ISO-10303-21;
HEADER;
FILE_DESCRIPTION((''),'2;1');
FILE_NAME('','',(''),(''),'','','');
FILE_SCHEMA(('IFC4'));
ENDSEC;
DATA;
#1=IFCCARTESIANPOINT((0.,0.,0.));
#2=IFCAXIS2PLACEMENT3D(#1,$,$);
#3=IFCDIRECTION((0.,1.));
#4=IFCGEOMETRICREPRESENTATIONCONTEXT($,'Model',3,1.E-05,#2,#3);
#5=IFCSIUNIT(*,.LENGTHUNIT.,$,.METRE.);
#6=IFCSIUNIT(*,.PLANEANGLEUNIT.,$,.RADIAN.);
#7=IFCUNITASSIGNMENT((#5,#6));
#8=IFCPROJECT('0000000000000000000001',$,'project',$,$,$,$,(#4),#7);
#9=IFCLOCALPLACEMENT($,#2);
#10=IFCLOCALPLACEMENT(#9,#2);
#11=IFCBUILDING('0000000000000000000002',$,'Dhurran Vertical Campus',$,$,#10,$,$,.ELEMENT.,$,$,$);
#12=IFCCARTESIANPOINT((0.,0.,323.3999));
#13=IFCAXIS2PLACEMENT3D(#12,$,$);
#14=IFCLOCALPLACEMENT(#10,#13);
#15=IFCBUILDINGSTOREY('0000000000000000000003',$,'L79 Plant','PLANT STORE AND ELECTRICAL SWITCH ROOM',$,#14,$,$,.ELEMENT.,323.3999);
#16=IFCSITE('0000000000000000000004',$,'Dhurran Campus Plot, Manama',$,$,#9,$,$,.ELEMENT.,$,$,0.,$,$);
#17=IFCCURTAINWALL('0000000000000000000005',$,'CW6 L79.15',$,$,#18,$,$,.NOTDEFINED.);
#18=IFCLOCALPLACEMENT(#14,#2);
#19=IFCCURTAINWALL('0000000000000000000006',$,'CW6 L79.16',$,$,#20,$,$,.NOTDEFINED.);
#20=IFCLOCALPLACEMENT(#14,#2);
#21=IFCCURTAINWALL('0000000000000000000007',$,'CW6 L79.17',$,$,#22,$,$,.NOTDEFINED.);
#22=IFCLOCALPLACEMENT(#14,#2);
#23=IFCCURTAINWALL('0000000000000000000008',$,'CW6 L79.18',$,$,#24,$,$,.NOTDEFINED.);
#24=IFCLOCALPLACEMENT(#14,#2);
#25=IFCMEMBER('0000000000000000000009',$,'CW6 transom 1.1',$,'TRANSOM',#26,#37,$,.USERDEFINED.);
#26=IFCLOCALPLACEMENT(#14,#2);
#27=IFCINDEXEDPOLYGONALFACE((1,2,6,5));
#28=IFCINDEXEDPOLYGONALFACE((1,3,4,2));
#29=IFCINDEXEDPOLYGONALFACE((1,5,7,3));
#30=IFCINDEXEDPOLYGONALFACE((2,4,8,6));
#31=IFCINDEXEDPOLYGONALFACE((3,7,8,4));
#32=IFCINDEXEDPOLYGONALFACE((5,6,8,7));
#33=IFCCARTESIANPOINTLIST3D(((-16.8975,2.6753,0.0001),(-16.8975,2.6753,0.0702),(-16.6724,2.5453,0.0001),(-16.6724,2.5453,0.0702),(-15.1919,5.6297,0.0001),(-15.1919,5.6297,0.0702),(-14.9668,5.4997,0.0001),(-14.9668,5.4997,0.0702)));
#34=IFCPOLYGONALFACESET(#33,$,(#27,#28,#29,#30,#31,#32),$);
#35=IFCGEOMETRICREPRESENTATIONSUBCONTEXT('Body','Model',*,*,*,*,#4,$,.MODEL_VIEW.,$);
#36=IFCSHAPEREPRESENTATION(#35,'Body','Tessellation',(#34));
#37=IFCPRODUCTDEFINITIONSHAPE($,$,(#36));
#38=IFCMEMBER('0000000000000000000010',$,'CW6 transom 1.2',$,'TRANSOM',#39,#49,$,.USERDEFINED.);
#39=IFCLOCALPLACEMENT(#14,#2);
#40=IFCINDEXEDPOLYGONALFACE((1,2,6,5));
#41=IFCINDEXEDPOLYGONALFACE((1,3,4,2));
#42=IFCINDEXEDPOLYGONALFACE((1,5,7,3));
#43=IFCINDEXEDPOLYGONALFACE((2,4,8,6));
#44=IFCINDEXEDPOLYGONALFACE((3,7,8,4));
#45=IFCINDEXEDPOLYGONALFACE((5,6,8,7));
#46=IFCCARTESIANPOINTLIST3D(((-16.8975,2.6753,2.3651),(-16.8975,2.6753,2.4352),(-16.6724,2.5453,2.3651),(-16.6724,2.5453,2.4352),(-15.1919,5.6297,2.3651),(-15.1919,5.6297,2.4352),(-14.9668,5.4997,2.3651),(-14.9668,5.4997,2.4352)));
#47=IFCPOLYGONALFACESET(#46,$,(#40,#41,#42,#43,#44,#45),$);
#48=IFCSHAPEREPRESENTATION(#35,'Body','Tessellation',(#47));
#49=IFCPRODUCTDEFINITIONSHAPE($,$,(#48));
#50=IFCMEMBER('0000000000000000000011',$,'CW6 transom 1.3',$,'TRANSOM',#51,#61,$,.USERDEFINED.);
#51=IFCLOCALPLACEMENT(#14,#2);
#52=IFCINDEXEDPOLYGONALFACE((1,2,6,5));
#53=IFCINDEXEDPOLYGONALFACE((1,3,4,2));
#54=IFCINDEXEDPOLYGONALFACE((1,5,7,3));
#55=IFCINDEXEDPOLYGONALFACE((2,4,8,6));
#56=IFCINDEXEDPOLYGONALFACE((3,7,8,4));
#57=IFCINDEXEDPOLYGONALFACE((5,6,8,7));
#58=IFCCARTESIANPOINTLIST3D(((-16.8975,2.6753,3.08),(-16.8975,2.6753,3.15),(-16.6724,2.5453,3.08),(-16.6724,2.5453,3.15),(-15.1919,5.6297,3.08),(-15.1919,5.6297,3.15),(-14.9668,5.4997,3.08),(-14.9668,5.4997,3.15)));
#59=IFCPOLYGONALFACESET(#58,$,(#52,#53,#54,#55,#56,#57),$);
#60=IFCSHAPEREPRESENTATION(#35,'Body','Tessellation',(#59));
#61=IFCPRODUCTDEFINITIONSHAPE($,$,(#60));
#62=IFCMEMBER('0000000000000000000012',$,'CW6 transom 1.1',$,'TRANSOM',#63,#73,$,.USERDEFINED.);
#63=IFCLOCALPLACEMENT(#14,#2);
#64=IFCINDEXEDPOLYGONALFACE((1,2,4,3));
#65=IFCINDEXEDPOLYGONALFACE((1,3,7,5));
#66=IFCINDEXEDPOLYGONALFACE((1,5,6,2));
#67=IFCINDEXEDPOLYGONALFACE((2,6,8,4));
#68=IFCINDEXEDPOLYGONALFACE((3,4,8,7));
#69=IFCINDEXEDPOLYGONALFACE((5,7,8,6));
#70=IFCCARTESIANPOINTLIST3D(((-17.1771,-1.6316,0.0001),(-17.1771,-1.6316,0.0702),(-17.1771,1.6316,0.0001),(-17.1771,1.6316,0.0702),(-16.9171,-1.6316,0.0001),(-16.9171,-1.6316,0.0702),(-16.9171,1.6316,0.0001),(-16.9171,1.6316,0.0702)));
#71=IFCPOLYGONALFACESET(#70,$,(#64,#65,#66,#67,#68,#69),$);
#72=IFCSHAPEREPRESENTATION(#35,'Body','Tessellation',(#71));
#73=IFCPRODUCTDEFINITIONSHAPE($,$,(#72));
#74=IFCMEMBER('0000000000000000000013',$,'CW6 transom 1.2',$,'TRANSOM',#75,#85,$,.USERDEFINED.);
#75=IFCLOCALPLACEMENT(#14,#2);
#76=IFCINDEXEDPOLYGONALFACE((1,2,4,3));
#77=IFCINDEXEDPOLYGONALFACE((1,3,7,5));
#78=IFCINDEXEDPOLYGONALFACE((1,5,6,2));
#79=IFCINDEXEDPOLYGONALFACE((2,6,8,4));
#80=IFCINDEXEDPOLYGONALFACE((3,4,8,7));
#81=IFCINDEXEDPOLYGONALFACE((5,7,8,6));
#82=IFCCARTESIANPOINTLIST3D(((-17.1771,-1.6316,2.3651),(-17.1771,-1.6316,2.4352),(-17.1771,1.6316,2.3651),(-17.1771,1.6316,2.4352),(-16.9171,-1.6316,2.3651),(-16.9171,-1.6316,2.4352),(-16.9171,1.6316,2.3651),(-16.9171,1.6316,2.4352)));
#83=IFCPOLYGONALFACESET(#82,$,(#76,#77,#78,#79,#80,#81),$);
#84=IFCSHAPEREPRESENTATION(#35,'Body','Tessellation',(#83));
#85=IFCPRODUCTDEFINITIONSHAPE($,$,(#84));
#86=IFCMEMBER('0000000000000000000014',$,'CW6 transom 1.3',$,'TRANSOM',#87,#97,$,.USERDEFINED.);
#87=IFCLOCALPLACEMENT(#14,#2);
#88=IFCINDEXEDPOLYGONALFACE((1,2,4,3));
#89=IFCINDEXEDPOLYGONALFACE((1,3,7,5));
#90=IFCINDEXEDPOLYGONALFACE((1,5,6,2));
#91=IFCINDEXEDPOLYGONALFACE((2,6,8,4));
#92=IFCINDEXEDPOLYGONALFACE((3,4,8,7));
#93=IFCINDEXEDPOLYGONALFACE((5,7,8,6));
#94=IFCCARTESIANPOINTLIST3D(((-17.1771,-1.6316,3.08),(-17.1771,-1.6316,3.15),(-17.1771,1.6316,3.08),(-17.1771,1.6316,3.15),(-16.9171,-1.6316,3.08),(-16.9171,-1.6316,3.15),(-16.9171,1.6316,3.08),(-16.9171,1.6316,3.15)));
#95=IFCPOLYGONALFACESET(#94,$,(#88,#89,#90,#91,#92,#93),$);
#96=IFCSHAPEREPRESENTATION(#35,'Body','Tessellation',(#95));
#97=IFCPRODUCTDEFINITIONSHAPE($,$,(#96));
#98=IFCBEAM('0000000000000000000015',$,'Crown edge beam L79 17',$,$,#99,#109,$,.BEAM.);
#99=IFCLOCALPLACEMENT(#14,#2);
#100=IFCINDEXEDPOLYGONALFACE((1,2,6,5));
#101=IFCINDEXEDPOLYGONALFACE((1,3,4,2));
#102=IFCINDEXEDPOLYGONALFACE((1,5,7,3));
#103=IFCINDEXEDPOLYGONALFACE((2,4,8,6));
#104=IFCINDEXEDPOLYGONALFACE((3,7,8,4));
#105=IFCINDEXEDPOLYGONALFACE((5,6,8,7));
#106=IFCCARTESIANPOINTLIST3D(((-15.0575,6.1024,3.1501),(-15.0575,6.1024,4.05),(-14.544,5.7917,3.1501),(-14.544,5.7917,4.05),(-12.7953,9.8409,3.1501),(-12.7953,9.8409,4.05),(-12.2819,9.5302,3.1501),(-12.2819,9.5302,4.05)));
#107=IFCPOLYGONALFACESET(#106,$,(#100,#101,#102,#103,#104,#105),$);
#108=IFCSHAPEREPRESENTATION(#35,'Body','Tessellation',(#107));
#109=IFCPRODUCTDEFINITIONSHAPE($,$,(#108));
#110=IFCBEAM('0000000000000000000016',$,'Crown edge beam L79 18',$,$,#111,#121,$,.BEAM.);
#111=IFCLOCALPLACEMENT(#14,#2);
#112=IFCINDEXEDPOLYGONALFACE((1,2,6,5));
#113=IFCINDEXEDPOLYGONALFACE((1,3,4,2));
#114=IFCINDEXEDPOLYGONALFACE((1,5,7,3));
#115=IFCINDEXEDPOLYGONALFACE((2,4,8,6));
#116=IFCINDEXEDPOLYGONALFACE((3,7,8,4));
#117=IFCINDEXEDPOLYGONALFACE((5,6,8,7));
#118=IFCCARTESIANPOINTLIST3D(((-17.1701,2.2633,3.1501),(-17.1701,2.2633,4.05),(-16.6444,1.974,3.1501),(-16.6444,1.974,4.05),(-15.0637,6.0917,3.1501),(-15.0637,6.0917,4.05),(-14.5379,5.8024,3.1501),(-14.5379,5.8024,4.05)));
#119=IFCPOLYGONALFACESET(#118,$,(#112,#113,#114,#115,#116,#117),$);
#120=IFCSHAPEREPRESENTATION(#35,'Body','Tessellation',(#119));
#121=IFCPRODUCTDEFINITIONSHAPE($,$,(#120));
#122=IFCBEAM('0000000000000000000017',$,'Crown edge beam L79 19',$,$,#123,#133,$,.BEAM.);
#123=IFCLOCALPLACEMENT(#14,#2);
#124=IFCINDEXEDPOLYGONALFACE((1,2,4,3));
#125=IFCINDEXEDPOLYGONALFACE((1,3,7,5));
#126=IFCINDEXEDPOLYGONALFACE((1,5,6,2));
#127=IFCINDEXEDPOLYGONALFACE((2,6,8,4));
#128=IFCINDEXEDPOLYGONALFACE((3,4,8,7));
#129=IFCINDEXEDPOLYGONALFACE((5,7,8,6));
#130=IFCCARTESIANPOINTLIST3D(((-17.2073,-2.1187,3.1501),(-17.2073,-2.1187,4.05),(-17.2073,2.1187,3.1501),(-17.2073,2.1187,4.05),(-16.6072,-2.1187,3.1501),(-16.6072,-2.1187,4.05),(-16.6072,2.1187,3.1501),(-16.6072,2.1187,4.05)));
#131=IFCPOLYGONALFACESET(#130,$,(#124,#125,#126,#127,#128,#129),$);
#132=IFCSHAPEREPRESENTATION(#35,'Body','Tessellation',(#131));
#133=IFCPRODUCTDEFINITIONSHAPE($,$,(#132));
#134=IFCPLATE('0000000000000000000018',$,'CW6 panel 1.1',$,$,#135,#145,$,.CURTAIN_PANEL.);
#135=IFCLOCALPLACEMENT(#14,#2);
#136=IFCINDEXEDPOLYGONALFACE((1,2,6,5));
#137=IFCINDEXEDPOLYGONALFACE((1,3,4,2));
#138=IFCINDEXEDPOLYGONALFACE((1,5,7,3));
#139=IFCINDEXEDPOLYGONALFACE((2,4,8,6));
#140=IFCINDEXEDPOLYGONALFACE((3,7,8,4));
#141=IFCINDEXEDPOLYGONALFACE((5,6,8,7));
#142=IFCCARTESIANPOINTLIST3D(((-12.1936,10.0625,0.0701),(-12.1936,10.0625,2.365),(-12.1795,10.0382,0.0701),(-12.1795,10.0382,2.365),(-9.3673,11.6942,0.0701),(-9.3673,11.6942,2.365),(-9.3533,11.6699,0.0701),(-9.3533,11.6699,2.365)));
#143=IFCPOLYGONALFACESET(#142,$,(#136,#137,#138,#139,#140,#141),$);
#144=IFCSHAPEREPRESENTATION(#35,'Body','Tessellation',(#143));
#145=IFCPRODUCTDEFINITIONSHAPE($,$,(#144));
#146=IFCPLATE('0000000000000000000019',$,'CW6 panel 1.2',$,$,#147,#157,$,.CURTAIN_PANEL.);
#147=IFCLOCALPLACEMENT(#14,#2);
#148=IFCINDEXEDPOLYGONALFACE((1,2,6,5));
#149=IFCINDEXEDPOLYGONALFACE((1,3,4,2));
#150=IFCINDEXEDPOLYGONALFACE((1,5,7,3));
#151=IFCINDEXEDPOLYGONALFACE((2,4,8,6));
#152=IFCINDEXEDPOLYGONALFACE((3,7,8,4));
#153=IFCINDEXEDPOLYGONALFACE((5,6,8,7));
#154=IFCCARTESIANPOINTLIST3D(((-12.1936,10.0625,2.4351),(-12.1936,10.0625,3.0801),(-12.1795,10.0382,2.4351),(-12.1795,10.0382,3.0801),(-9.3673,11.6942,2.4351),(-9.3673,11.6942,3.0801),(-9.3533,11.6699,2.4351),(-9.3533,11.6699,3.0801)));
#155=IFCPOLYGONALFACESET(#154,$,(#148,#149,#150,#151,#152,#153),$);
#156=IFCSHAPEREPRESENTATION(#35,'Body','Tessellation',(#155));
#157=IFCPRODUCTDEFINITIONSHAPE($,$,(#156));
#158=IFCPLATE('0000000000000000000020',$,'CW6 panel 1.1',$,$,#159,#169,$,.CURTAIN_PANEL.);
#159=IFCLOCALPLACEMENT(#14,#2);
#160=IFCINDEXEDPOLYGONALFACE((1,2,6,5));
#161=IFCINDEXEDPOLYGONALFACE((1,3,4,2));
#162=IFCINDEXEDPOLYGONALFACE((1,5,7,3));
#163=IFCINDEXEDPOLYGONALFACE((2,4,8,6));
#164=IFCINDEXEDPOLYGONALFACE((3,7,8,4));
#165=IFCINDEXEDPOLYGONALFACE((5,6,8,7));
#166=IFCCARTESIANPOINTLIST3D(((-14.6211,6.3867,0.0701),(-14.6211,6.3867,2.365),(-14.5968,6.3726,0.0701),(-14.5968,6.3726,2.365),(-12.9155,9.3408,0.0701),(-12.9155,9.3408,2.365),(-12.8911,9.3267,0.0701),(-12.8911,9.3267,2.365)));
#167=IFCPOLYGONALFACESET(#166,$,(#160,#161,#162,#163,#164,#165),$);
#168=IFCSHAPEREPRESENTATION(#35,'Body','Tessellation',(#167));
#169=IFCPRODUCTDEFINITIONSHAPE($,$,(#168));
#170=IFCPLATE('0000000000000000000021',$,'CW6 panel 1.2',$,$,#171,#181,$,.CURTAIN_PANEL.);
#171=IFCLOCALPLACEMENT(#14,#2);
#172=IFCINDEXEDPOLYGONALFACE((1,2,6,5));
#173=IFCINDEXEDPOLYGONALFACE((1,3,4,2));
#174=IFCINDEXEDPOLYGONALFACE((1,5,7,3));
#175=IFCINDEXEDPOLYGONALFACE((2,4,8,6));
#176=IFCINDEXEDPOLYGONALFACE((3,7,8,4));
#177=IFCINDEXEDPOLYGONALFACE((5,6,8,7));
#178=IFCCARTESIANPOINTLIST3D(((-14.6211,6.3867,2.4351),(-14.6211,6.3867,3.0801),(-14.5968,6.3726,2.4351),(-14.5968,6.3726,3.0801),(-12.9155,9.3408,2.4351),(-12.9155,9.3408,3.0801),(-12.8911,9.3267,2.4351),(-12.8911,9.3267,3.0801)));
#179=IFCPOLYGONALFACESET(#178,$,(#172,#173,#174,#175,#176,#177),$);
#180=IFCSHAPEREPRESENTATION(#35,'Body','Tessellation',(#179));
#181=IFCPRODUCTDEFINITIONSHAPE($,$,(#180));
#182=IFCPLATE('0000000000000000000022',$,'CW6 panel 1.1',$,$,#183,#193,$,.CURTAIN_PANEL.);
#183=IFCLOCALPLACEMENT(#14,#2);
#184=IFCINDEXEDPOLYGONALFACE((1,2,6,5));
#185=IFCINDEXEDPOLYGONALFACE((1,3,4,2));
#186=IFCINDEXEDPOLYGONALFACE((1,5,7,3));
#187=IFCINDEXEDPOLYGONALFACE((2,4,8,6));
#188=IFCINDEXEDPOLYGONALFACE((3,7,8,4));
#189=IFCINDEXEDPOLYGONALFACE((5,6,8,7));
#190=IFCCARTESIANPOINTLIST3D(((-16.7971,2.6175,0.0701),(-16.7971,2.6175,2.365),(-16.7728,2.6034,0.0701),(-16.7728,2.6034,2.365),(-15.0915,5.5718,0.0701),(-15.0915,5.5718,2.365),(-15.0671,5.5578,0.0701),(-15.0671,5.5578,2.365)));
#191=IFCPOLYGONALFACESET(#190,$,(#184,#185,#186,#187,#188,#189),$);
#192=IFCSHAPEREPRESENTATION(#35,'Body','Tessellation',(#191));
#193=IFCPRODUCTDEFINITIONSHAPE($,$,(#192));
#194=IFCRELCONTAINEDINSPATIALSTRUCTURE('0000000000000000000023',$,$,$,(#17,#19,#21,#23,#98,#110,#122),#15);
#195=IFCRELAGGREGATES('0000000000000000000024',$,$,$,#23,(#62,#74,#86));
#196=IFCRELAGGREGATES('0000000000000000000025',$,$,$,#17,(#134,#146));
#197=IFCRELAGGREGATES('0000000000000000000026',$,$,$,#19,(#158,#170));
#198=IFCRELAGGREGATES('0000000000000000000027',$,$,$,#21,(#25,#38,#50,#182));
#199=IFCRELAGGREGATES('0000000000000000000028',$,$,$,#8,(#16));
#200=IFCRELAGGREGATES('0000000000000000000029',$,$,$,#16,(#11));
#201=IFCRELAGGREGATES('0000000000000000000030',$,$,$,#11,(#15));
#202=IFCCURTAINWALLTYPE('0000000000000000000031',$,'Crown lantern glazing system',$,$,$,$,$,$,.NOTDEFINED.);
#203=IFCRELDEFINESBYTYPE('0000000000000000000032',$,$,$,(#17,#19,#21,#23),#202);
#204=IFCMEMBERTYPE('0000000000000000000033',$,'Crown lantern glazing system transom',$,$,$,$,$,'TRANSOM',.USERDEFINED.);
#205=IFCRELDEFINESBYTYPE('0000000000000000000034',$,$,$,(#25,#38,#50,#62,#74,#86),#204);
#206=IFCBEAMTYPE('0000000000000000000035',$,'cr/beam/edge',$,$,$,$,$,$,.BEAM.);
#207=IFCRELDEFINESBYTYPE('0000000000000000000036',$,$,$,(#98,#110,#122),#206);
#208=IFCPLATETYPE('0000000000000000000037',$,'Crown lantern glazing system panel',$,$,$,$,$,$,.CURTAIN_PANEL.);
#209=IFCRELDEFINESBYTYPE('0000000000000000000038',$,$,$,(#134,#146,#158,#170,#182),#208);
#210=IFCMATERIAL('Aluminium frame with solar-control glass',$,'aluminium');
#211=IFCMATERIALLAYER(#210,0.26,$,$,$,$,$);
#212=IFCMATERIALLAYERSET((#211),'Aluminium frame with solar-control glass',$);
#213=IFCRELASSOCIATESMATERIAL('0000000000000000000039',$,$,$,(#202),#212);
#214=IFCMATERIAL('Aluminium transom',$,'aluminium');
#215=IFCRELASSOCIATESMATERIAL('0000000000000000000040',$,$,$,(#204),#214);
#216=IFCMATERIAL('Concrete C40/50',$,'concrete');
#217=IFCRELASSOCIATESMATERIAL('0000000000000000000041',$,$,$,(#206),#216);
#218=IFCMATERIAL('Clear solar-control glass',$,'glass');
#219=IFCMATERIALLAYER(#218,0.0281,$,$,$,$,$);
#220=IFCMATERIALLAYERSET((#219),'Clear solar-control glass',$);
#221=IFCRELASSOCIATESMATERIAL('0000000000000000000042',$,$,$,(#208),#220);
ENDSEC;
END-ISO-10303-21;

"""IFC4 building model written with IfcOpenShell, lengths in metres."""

from ifc_helpers import new_model, si_unit, direction, frame, origin, origin_2d, place, context, subcontext, project, spatial, rectangle, extrude, material, layer, layer_set, material_profile, profile_set, type_object, element, aggregate, save


model = new_model("IFC4")

# Units and contexts
model_context = context("Model", 3, precision=1e-05, world=origin(), true_north=direction((0.0, 1.0)))
body_context = subcontext(model_context, "Body", "Model", "MODEL_VIEW")
ifc_project = project(units=[si_unit("LENGTHUNIT", "METRE"), si_unit("PLANEANGLEUNIT", "RADIAN")], contexts=[model_context])

# Site, building, storey
site_placement = place(None, origin())
site = spatial("IfcSite", under=ifc_project, at=site_placement, Name="Dhurran Campus Plot, Manama", CompositionType="ELEMENT", RefElevation=0.0)
building_placement = place(site_placement, origin())
building = spatial("IfcBuilding", under=site, at=building_placement, Name="Dhurran Vertical Campus", CompositionType="ELEMENT")
storey_placement = place(building_placement, frame((0.0, 0.0, 323.3999)))
storey = spatial("IfcBuildingStorey", under=building, at=storey_placement, Name="L79 Plant", Description="PLANT STORE AND ELECTRICAL SWITCH ROOM", CompositionType="ELEMENT", Elevation=323.3999)

# Curtain wall
ifc_material_1 = material(Name="Aluminium frame with solar-control glass", Category="aluminium")
ifc_layer_1 = layer(ifc_material_1, 0.26)
ifc_layer_set_1 = layer_set([ifc_layer_1], Name="Aluminium frame with solar-control glass")
curtain_wall_type = type_object("IfcCurtainWallType", Name="Crown lantern glazing system", PredefinedType="NOTDEFINED", material=ifc_layer_set_1)
curtain_wall_1_placement = place(storey_placement, origin())
curtain_wall_1 = element("IfcCurtainWall", 1, at=curtain_wall_1_placement, inside=storey, type_object=curtain_wall_type, Name="CW6 L79.15", PredefinedType="NOTDEFINED")

# Curtain walls
curtain_wall_2_placement = place(storey_placement, origin())
curtain_wall_2 = element("IfcCurtainWall", 2, at=curtain_wall_2_placement, inside=storey, type_object=curtain_wall_type, Name="CW6 L79.16", PredefinedType="NOTDEFINED")
curtain_wall_3_placement = place(storey_placement, origin())
curtain_wall_3 = element("IfcCurtainWall", 3, at=curtain_wall_3_placement, inside=storey, type_object=curtain_wall_type, Name="CW6 L79.17", PredefinedType="NOTDEFINED")

# Curtain wall
curtain_wall_4_placement = place(storey_placement, origin())
curtain_wall_4 = element("IfcCurtainWall", 4, at=curtain_wall_4_placement, inside=storey, type_object=curtain_wall_type, Name="CW6 L79.18", PredefinedType="NOTDEFINED")

# Members
ifc_material_2 = material(Name="Aluminium transom", Category="aluminium")
ifc_material_profile_1 = material_profile(ifc_material_2, rectangle(XDim=0.26, YDim=0.0701, at=origin_2d()), Name="Crown lantern glazing system transom")
ifc_profile_set_1 = profile_set([ifc_material_profile_1], Name="Aluminium transom")
member_type_1 = type_object("IfcMemberType", Name="Crown lantern glazing system transom", ElementType="TRANSOM", PredefinedType="USERDEFINED", material=ifc_profile_set_1)
member_1_placement = place(storey_placement, frame((-15.0793, 5.5647, 0.0352), z_axis=(-0.499972, -0.866041, 0.0), x_axis=(0.866041, -0.499972, 0.0)))
member_1 = element("IfcMember", 5, at=member_1_placement, type_object=member_type_1, Name="CW6 transom 1.1", ObjectType="TRANSOM", PredefinedType="USERDEFINED", context=body_context, shape_type="SweptSolid", body=[
    extrude(rectangle(XDim=0.26, YDim=0.0701, at=origin_2d()), origin(), (0.0, 0.0, 1.0), 3.4114),
])
member_2_placement = place(storey_placement, frame((-15.0793, 5.5647, 2.4001), z_axis=(-0.499972, -0.866041, 0.0), x_axis=(0.866041, -0.499972, 0.0)))
member_2 = element("IfcMember", 6, at=member_2_placement, type_object=member_type_1, Name="CW6 transom 1.2", ObjectType="TRANSOM", PredefinedType="USERDEFINED", context=body_context, shape_type="SweptSolid", body=[
    extrude(rectangle(XDim=0.26, YDim=0.0701, at=origin_2d()), origin(), (0.0, 0.0, 1.0), 3.4114),
])
member_3_placement = place(storey_placement, frame((-15.0793, 5.5647, 3.115), z_axis=(-0.499972, -0.866041, 0.0), x_axis=(0.866041, -0.499972, 0.0)))
member_3 = element("IfcMember", 7, at=member_3_placement, type_object=member_type_1, Name="CW6 transom 1.3", ObjectType="TRANSOM", PredefinedType="USERDEFINED", context=body_context, shape_type="SweptSolid", body=[
    extrude(rectangle(XDim=0.26, YDim=0.0701, at=origin_2d()), origin(), (0.0, 0.0, 1.0), 3.4114),
])
member_4_placement = place(storey_placement, frame((-17.0471, 1.6316, 0.0352), z_axis=(0.0, -1.0, 0.0), x_axis=(1.0, 0.0, 0.0)))
member_4 = element("IfcMember", 8, at=member_4_placement, type_object=member_type_1, Name="CW6 transom 1.1", ObjectType="TRANSOM", PredefinedType="USERDEFINED", context=body_context, shape_type="SweptSolid", body=[
    extrude(rectangle(XDim=0.26, YDim=0.0701, at=origin_2d()), origin(), (0.0, 0.0, 1.0), 3.2632),
])
member_5_placement = place(storey_placement, frame((-17.0471, 1.6316, 2.4001), z_axis=(0.0, -1.0, 0.0), x_axis=(1.0, 0.0, 0.0)))
member_5 = element("IfcMember", 9, at=member_5_placement, type_object=member_type_1, Name="CW6 transom 1.2", ObjectType="TRANSOM", PredefinedType="USERDEFINED", context=body_context, shape_type="SweptSolid", body=[
    extrude(rectangle(XDim=0.26, YDim=0.0701, at=origin_2d()), origin(), (0.0, 0.0, 1.0), 3.2632),
])
member_6_placement = place(storey_placement, frame((-17.0471, 1.6316, 3.115), z_axis=(0.0, -1.0, 0.0), x_axis=(1.0, 0.0, 0.0)))
member_6 = element("IfcMember", 10, at=member_6_placement, type_object=member_type_1, Name="CW6 transom 1.3", ObjectType="TRANSOM", PredefinedType="USERDEFINED", context=body_context, shape_type="SweptSolid", body=[
    extrude(rectangle(XDim=0.26, YDim=0.0701, at=origin_2d()), origin(), (0.0, 0.0, 1.0), 3.2632),
])
aggregate(curtain_wall_4, [member_4, member_5, member_6])

# Beams
ifc_material_3 = material(Name="Concrete C40/50", Category="concrete")
ifc_material_profile_2 = material_profile(ifc_material_3, rectangle(XDim=0.6001, YDim=0.8999, at=origin_2d()), Name="cr/beam/edge")
ifc_profile_set_2 = profile_set([ifc_material_profile_2], Name="Concrete C40/50")
beam_type = type_object("IfcBeamType", Name="cr/beam/edge", PredefinedType="BEAM", material=ifc_profile_set_2)
for number, where, z_axis, x_axis, name in (
    (11, (-12.5386, 9.6855, 3.6001), (-0.517705, -0.855559, 0.0), (0.855559, -0.517705, 0.0), "Crown edge beam L79 17"),
    (12, (-14.8008, 5.947, 3.6001), (-0.482067, -0.876135, 0.0), (0.876135, -0.482067, 0.0), "Crown edge beam L79 18"),
):
    element("IfcBeam", number, at=place(storey_placement, frame(where, z_axis=z_axis, x_axis=x_axis)), inside=storey, type_object=beam_type, Name=name, PredefinedType="BEAM", context=body_context, shape_type="SweptSolid", body=[
        extrude(rectangle(XDim=0.6001, YDim=0.8999, at=origin_2d()), origin(), (0.0, 0.0, 1.0), 4.3696),
    ])
beam_placement = place(storey_placement, frame((-16.9072, 2.1187, 3.6001), z_axis=(0.0, -1.0, 0.0), x_axis=(1.0, 0.0, 0.0)))
element("IfcBeam", 13, at=beam_placement, inside=storey, type_object=beam_type, Name="Crown edge beam L79 19", PredefinedType="BEAM", context=body_context, shape_type="SweptSolid", body=[
    extrude(rectangle(XDim=0.6001, YDim=0.8999, at=origin_2d()), origin(), (0.0, 0.0, 1.0), 4.2373),
])

# Plates
ifc_material_4 = material(Name="Clear solar-control glass", Category="glass")
ifc_layer_2 = layer(ifc_material_4, 0.0281)
ifc_layer_set_2 = layer_set([ifc_layer_2], Name="Clear solar-control glass")
plate_type = type_object("IfcPlateType", Name="Crown lantern glazing system panel", PredefinedType="CURTAIN_PANEL", material=ifc_layer_set_2)
plate_1_placement = place(storey_placement, frame((-10.7734, 10.8662, 0.0701), z_axis=(0.0, 0.0, 1.0), x_axis=(-0.86603, -0.499991, 0.0)))
plate_1 = element("IfcPlate", 14, at=plate_1_placement, type_object=plate_type, Name="CW6 panel 1.1", PredefinedType="CURTAIN_PANEL", context=body_context, shape_type="SweptSolid", body=[
    extrude(rectangle(XDim=3.2634, YDim=0.0281, at=origin_2d()), origin(), (0.0, 0.0, 1.0), 2.2949),
])
plate_2_placement = place(storey_placement, frame((-10.7734, 10.8662, 2.4351), z_axis=(0.0, 0.0, 1.0), x_axis=(-0.86603, -0.499991, 0.0)))
plate_2 = element("IfcPlate", 15, at=plate_2_placement, type_object=plate_type, Name="CW6 panel 1.2", PredefinedType="CURTAIN_PANEL", context=body_context, shape_type="SweptSolid", body=[
    extrude(rectangle(XDim=3.2634, YDim=0.0281, at=origin_2d()), origin(), (0.0, 0.0, 1.0), 0.645),
])
aggregate(curtain_wall_1, [plate_1, plate_2])
plate_3_placement = place(storey_placement, frame((-13.7561, 7.8567, 0.0701), z_axis=(0.0, 0.0, 1.0), x_axis=(-0.500016, -0.866016, 0.0)))
plate_3 = element("IfcPlate", 16, at=plate_3_placement, type_object=plate_type, Name="CW6 panel 1.1", PredefinedType="CURTAIN_PANEL", context=body_context, shape_type="SweptSolid", body=[
    extrude(rectangle(XDim=3.4111, YDim=0.0281, at=origin_2d()), origin(), (0.0, 0.0, 1.0), 2.2949),
])
plate_4_placement = place(storey_placement, frame((-13.7561, 7.8567, 2.4351), z_axis=(0.0, 0.0, 1.0), x_axis=(-0.500016, -0.866016, 0.0)))
plate_4 = element("IfcPlate", 17, at=plate_4_placement, type_object=plate_type, Name="CW6 panel 1.2", PredefinedType="CURTAIN_PANEL", context=body_context, shape_type="SweptSolid", body=[
    extrude(rectangle(XDim=3.4111, YDim=0.0281, at=origin_2d()), origin(), (0.0, 0.0, 1.0), 0.645),
])
aggregate(curtain_wall_2, [plate_3, plate_4])
plate_5_placement = place(storey_placement, frame((-15.9321, 4.0876, 0.0701), z_axis=(0.0, 0.0, 1.0), x_axis=(-0.499991, -0.86603, 0.0)))
plate_5 = element("IfcPlate", 18, at=plate_5_placement, type_object=plate_type, Name="CW6 panel 1.1", PredefinedType="CURTAIN_PANEL", context=body_context, shape_type="SweptSolid", body=[
    extrude(rectangle(XDim=3.4114, YDim=0.0281, at=origin_2d()), origin(), (0.0, 0.0, 1.0), 2.2949),
])
aggregate(curtain_wall_3, [member_1, member_2, member_3, plate_5])

save(model, "model.ifc")
